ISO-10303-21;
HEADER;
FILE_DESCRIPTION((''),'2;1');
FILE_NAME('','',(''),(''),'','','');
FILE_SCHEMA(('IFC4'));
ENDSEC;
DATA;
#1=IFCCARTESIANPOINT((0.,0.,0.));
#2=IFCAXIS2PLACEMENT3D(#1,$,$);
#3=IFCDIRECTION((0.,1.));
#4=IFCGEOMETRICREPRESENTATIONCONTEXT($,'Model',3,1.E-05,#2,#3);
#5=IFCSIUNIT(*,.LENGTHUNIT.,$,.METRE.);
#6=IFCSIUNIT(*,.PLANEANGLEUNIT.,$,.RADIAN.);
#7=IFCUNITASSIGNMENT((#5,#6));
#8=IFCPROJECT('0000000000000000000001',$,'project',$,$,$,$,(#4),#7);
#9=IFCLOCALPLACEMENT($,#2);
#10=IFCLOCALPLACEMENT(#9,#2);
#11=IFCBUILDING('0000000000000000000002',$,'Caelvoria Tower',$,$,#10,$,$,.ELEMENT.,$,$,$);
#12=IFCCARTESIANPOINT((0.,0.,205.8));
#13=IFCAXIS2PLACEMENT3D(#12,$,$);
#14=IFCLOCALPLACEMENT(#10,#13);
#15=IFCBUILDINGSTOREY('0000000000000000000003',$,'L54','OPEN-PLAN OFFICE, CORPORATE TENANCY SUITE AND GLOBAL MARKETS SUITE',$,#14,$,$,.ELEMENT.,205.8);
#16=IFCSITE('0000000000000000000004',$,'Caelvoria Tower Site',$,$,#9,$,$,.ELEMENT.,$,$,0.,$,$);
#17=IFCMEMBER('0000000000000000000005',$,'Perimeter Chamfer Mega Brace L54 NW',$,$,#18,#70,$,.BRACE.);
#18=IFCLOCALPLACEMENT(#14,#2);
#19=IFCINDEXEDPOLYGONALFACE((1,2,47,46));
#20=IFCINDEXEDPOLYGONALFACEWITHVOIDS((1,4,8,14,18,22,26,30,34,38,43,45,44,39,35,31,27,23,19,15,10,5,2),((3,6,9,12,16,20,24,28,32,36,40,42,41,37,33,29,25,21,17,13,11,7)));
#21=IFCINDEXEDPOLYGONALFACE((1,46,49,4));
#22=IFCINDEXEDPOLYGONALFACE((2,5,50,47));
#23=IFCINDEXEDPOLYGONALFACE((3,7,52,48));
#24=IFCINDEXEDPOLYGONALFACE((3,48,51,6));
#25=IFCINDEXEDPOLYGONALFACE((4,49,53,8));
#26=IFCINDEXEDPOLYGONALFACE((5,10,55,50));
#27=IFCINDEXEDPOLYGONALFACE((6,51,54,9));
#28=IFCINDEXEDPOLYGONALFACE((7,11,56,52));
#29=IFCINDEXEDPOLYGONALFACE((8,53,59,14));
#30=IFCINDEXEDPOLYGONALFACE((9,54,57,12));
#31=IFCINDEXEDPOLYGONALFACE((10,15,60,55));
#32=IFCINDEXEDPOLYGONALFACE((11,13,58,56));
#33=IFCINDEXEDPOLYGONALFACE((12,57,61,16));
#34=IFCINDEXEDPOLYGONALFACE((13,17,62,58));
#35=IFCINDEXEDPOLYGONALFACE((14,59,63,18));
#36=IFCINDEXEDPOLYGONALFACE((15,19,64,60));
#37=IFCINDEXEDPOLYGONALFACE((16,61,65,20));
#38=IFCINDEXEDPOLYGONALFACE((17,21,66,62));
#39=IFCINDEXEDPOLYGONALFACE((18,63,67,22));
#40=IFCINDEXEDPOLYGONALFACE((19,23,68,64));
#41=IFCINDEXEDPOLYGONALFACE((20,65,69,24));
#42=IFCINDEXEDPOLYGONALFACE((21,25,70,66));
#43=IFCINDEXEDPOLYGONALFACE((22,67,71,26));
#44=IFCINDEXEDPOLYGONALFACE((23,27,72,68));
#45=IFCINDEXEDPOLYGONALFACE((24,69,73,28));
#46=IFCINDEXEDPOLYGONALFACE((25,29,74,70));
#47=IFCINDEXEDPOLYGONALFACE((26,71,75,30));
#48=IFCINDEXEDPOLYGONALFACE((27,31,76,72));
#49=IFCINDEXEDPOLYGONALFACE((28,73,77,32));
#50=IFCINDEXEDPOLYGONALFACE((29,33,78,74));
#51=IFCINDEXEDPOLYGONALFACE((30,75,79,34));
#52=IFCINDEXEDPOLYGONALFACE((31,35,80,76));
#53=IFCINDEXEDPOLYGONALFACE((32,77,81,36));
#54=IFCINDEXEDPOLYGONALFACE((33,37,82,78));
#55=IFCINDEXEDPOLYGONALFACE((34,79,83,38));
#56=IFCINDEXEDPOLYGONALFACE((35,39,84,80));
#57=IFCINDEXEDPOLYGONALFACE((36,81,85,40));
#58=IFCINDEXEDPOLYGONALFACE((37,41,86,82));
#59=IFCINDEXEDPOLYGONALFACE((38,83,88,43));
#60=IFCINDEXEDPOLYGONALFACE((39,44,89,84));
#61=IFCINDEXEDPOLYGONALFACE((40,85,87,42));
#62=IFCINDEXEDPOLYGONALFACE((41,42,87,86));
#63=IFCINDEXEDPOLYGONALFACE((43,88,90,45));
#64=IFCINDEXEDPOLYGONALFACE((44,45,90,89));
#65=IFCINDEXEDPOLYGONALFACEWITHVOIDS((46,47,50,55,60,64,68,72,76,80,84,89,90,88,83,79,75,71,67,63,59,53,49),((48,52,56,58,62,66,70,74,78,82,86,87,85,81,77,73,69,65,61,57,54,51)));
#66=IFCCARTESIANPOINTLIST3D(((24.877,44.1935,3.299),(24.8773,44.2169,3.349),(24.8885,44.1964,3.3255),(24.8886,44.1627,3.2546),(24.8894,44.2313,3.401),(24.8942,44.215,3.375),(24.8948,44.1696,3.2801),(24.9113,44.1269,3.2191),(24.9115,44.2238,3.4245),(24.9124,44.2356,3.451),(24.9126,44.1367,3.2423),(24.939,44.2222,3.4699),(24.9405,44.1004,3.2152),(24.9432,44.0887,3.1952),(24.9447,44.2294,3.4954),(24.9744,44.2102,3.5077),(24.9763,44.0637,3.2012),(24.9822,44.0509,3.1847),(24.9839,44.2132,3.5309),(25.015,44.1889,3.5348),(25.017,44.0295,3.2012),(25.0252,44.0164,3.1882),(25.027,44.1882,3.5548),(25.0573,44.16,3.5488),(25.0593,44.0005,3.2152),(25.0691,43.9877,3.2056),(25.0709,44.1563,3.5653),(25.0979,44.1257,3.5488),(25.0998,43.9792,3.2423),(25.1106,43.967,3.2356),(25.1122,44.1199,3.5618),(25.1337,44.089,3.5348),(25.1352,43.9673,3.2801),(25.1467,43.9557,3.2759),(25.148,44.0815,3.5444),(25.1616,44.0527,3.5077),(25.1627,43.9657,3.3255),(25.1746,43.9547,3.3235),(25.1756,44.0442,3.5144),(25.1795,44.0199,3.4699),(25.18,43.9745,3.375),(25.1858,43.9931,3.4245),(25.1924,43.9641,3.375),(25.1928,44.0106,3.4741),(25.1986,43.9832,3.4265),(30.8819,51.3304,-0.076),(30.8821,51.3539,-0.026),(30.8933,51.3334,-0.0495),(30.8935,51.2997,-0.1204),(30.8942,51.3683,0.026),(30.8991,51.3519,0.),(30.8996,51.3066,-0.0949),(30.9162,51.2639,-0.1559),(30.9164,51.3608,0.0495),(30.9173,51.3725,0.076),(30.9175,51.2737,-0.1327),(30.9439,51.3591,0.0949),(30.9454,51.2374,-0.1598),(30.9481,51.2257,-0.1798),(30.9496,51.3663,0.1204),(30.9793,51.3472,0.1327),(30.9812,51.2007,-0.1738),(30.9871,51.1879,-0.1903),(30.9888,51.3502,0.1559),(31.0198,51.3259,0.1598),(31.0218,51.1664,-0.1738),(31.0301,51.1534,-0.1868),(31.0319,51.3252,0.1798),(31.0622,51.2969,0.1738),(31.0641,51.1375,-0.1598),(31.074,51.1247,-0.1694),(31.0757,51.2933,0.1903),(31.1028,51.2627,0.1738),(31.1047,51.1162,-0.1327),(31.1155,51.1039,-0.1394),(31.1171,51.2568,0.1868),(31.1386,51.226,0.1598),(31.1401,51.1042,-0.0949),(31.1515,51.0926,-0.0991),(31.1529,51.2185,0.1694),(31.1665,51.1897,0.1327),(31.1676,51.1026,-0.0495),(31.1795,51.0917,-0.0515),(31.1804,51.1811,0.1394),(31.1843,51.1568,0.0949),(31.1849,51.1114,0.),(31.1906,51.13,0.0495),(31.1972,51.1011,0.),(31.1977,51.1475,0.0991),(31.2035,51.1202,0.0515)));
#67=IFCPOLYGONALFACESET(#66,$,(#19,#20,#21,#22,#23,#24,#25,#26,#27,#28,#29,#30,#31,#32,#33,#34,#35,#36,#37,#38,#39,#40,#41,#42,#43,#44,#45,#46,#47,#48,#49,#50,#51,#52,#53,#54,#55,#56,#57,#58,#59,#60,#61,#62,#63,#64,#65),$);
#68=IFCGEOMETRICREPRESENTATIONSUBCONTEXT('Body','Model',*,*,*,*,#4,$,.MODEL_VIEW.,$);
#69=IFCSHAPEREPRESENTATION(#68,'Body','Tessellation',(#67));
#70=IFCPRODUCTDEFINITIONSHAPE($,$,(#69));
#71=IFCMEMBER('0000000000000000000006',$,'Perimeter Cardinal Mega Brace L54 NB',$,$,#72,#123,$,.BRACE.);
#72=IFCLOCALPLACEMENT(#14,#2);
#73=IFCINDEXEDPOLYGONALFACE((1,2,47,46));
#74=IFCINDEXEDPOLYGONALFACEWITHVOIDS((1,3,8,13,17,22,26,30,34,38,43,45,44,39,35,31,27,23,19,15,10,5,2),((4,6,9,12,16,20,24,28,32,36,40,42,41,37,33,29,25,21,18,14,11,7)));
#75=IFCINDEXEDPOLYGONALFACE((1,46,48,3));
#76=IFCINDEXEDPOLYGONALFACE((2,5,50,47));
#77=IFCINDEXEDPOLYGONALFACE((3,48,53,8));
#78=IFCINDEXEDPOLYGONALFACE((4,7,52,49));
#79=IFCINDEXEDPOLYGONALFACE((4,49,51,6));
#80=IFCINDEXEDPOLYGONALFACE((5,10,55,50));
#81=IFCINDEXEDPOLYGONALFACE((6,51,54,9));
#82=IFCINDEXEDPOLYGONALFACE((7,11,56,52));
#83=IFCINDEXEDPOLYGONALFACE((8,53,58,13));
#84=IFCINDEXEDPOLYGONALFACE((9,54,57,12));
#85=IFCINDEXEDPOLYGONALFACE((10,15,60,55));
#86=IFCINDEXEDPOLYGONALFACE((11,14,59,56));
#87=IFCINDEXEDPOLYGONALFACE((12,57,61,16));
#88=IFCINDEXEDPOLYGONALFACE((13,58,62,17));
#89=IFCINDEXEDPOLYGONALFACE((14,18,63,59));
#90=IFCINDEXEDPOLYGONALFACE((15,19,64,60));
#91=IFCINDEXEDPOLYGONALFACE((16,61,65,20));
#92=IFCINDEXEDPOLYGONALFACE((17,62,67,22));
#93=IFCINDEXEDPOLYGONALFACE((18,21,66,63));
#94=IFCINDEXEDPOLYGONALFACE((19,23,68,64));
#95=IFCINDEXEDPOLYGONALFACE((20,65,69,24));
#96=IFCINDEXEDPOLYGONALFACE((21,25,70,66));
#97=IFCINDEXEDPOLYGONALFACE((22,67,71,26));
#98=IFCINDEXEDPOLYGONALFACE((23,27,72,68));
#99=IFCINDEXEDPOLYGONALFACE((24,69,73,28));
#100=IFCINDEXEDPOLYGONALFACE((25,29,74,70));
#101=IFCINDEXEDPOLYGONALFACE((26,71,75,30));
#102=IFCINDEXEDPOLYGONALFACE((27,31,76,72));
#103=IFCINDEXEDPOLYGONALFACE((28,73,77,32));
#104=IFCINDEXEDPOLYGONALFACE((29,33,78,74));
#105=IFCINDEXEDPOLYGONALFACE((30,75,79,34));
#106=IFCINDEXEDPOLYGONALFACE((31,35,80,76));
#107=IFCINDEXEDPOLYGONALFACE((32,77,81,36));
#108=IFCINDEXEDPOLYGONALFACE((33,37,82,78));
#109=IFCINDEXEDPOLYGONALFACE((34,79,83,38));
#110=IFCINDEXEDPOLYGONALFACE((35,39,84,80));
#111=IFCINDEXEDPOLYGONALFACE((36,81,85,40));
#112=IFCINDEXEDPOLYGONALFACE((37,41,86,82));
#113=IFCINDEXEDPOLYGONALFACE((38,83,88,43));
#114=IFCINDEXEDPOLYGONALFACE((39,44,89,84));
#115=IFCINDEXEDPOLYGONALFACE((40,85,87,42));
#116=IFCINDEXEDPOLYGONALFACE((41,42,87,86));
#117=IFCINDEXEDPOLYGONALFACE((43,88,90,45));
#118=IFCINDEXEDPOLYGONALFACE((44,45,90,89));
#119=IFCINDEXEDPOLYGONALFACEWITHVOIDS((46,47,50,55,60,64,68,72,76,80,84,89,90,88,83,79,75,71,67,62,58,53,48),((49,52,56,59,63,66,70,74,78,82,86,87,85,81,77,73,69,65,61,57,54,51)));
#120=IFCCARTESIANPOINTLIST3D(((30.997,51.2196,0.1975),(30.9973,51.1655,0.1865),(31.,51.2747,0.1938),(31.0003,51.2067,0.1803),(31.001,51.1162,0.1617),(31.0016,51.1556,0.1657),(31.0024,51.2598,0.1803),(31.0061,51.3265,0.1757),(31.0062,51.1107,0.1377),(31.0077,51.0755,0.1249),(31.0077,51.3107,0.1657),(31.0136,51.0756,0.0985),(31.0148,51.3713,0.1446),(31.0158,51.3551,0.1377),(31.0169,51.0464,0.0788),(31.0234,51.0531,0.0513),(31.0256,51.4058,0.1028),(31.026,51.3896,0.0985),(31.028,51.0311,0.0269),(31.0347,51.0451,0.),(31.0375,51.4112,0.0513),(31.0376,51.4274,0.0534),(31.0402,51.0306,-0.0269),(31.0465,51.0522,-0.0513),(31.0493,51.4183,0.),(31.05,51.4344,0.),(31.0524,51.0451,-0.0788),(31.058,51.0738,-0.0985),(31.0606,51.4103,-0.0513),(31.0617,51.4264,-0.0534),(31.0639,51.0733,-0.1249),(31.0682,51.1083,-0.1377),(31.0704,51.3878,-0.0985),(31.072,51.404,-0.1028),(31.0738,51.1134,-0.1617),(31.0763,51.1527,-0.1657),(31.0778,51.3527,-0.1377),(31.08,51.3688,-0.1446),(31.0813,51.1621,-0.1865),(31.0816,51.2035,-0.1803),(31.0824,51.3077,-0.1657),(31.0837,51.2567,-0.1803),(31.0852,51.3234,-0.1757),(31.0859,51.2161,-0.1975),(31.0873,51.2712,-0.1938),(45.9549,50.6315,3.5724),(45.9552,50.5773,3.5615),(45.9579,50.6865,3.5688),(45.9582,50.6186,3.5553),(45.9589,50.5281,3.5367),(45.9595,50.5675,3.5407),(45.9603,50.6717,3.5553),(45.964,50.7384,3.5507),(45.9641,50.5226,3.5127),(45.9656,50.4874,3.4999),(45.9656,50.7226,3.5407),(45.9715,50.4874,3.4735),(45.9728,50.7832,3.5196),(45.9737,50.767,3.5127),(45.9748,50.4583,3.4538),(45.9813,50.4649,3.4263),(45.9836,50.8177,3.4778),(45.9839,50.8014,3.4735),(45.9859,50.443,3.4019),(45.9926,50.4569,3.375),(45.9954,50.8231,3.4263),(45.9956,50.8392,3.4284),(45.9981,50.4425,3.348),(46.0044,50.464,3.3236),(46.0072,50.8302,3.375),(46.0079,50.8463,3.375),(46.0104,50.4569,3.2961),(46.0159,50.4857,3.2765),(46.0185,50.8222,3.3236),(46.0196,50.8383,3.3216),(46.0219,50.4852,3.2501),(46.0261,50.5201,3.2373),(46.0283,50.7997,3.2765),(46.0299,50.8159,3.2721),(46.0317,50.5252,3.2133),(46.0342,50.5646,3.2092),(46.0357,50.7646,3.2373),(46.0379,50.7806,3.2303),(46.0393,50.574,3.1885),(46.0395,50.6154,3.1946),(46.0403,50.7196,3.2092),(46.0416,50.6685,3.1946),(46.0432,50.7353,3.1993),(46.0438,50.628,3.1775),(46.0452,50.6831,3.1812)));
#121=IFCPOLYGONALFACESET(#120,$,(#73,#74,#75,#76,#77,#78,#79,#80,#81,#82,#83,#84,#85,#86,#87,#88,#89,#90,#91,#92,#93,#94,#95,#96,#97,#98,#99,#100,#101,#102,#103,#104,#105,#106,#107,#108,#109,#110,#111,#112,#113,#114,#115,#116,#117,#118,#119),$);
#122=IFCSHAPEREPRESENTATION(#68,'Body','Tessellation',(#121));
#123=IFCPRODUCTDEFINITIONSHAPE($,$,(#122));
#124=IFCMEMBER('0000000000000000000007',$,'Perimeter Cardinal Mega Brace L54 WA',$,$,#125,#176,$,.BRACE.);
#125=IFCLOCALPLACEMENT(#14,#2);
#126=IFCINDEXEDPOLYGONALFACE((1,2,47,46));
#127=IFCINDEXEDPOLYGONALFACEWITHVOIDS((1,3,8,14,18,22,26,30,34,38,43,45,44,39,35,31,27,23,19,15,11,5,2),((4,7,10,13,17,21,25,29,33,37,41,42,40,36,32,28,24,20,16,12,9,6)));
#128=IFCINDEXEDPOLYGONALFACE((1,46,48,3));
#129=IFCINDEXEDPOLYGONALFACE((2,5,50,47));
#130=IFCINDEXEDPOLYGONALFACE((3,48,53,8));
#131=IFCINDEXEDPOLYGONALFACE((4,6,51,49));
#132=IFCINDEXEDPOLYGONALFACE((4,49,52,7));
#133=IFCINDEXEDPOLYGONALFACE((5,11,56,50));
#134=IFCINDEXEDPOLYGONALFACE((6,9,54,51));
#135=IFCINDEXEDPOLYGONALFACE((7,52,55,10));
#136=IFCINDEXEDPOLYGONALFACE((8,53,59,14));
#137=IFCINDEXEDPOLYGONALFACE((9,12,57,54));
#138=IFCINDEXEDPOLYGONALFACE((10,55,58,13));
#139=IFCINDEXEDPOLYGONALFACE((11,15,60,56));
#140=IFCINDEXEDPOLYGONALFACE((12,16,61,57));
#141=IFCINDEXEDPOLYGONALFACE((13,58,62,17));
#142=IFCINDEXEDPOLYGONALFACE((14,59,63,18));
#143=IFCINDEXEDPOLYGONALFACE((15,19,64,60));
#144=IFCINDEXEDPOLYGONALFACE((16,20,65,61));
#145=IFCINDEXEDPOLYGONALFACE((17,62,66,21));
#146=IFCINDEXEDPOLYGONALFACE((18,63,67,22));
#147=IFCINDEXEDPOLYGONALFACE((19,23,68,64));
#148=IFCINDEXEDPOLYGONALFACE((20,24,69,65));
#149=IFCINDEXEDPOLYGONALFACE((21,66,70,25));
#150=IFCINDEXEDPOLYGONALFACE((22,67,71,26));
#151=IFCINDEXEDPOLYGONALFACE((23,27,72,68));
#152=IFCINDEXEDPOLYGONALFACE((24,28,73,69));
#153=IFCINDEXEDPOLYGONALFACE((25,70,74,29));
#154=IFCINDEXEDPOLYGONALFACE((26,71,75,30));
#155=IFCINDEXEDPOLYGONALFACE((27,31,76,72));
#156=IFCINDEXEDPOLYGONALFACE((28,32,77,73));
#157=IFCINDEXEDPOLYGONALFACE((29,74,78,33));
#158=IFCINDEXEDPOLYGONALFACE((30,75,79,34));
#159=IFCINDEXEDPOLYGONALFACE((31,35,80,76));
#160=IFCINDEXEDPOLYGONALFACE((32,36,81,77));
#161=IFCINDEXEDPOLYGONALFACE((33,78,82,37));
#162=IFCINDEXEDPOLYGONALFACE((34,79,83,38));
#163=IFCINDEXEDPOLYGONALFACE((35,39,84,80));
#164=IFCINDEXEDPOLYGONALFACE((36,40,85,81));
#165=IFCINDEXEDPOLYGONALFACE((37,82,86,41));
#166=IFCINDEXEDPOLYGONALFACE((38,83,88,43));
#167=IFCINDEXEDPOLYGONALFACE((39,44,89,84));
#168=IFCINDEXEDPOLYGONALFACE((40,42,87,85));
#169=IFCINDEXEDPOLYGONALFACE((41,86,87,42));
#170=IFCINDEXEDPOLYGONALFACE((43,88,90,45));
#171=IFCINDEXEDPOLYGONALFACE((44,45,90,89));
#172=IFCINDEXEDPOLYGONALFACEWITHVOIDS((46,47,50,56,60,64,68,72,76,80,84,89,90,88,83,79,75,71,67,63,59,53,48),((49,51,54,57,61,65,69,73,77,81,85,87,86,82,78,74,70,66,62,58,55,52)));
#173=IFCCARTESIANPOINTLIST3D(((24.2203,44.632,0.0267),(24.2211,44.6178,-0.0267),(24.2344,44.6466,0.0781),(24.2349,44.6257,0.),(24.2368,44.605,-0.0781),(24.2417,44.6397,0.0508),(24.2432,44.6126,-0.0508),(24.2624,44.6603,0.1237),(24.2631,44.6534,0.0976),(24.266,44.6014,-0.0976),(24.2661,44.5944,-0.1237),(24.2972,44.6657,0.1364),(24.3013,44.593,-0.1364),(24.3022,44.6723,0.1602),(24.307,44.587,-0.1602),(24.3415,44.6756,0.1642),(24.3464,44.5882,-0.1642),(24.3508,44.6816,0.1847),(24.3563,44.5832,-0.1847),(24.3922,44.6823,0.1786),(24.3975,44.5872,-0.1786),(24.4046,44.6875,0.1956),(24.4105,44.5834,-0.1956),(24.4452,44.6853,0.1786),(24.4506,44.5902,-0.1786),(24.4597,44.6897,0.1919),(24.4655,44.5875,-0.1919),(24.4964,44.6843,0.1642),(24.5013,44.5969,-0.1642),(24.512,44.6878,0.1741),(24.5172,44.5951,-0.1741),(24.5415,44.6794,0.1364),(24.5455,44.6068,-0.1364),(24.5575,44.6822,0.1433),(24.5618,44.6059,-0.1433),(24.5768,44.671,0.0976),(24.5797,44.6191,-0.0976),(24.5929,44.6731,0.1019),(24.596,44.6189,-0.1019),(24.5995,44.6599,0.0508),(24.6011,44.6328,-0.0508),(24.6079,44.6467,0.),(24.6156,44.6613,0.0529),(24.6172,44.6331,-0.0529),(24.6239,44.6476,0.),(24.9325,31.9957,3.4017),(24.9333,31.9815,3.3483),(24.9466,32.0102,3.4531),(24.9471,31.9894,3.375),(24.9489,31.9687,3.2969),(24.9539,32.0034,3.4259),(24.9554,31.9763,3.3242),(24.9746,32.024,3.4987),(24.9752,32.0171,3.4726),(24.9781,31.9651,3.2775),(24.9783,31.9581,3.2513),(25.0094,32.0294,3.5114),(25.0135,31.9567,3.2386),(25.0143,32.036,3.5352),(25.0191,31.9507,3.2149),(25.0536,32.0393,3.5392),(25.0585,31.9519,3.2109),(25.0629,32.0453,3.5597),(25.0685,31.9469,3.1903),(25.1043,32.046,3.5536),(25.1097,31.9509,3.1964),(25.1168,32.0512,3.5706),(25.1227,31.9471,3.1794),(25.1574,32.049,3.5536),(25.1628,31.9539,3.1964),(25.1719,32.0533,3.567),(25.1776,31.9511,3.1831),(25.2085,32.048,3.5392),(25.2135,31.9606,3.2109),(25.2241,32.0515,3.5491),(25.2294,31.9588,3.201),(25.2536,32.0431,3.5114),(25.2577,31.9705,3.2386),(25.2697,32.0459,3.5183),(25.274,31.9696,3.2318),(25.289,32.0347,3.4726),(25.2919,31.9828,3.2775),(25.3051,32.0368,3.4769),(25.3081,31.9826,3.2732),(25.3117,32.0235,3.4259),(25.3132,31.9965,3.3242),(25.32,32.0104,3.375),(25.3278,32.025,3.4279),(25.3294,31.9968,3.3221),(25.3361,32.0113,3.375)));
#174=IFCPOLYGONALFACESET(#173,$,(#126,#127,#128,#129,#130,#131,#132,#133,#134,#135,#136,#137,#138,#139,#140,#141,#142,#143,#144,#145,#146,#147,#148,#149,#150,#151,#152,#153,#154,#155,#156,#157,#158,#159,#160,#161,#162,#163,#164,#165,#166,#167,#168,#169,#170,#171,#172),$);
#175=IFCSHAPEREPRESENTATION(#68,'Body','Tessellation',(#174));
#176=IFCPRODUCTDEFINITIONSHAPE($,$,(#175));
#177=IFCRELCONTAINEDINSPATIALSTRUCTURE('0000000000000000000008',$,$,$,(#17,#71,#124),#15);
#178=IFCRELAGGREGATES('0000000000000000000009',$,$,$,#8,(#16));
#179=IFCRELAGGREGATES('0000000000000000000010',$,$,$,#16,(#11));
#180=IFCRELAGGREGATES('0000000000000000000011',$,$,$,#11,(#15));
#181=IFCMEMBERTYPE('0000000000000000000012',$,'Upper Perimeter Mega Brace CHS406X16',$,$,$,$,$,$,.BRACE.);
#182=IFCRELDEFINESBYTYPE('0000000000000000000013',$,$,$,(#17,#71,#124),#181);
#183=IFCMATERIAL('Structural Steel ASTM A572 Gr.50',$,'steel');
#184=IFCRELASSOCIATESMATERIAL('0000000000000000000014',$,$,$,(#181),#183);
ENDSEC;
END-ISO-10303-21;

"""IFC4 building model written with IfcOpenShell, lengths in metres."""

from ifc_helpers import new_model, si_unit, direction, frame, origin, origin_2d, place, context, subcontext, project, spatial, hollow_circle, extrude, material, material_profile, profile_set, type_object, element, save


model = new_model("IFC4")

# Units and contexts
model_context = context("Model", 3, precision=1e-05, world=origin(), true_north=direction((0.0, 1.0)))
body_context = subcontext(model_context, "Body", "Model", "MODEL_VIEW")
ifc_project = project(units=[si_unit("LENGTHUNIT", "METRE"), si_unit("PLANEANGLEUNIT", "RADIAN")], contexts=[model_context])

# Site, building, storey
site_placement = place(None, origin())
site = spatial("IfcSite", under=ifc_project, at=site_placement, Name="Caelvoria Tower Site", CompositionType="ELEMENT", RefElevation=0.0)
building_placement = place(site_placement, origin())
building = spatial("IfcBuilding", under=site, at=building_placement, Name="Caelvoria Tower", CompositionType="ELEMENT")
storey_placement = place(building_placement, frame((0.0, 0.0, 205.8)))
storey = spatial("IfcBuildingStorey", under=building, at=storey_placement, Name="L54", Description="OPEN-PLAN OFFICE, CORPORATE TENANCY SUITE AND GLOBAL MARKETS SUITE", CompositionType="ELEMENT", Elevation=205.8)

# Shared definitions
ifc_material_1 = material(Name="Structural Steel ASTM A572 Gr.50", Category="steel")

# Members
ifc_material_profile_1 = material_profile(ifc_material_1, hollow_circle(Radius=0.2029, WallThickness=0.0161, at=origin_2d()), Name="Structural Steel ASTM A572 Gr.50")
ifc_profile_set_1 = profile_set([ifc_material_profile_1], Name="CHS406X16 - Structural Steel ASTM A572 Gr.50")
member_type = type_object("IfcMemberType", Name="Upper Perimeter Mega Brace CHS406X16", PredefinedType="BRACE", material=ifc_profile_set_1)
member_1_placement = place(storey_placement, frame((31.042, 51.2317, 0.0), z_axis=(-0.605395, -0.719528, 0.340258), x_axis=(0.765185, -0.64381, 0.0)))
element("IfcMember", 1, at=member_1_placement, inside=storey, type_object=member_type, Name="Perimeter Chamfer Mega Brace L54 NW", PredefinedType="BRACE", context=body_context, shape_type="SweptSolid", body=[
    extrude(hollow_circle(Radius=0.2029, WallThickness=0.0161, at=origin_2d()), origin(), (0.0, 0.0, 1.0), 9.9189),
])
member_2_placement = place(storey_placement, frame((31.042, 51.2317, 0.0), z_axis=(0.974761, -0.038327, 0.219937), x_axis=(0.039289, 0.999228, 0.0)))
element("IfcMember", 2, at=member_2_placement, inside=storey, type_object=member_type, Name="Perimeter Cardinal Mega Brace L54 NB", PredefinedType="BRACE", context=body_context, shape_type="SweptSolid", body=[
    extrude(hollow_circle(Radius=0.2029, WallThickness=0.0161, at=origin_2d()), origin(), (0.0, 0.0, 1.0), 15.3452),
])
member_3_placement = place(storey_placement, frame((24.4214, 44.6362, 0.0), z_axis=(0.054369, -0.964704, 0.257662), x_axis=(0.998416, 0.056269, 0.0)))
element("IfcMember", 3, at=member_3_placement, inside=storey, type_object=member_type, Name="Perimeter Cardinal Mega Brace L54 WA", PredefinedType="BRACE", context=body_context, shape_type="SweptSolid", body=[
    extrude(hollow_circle(Radius=0.2029, WallThickness=0.0161, at=origin_2d()), origin(), (0.0, 0.0, 1.0), 13.0986),
])

save(model, "model.ifc")
